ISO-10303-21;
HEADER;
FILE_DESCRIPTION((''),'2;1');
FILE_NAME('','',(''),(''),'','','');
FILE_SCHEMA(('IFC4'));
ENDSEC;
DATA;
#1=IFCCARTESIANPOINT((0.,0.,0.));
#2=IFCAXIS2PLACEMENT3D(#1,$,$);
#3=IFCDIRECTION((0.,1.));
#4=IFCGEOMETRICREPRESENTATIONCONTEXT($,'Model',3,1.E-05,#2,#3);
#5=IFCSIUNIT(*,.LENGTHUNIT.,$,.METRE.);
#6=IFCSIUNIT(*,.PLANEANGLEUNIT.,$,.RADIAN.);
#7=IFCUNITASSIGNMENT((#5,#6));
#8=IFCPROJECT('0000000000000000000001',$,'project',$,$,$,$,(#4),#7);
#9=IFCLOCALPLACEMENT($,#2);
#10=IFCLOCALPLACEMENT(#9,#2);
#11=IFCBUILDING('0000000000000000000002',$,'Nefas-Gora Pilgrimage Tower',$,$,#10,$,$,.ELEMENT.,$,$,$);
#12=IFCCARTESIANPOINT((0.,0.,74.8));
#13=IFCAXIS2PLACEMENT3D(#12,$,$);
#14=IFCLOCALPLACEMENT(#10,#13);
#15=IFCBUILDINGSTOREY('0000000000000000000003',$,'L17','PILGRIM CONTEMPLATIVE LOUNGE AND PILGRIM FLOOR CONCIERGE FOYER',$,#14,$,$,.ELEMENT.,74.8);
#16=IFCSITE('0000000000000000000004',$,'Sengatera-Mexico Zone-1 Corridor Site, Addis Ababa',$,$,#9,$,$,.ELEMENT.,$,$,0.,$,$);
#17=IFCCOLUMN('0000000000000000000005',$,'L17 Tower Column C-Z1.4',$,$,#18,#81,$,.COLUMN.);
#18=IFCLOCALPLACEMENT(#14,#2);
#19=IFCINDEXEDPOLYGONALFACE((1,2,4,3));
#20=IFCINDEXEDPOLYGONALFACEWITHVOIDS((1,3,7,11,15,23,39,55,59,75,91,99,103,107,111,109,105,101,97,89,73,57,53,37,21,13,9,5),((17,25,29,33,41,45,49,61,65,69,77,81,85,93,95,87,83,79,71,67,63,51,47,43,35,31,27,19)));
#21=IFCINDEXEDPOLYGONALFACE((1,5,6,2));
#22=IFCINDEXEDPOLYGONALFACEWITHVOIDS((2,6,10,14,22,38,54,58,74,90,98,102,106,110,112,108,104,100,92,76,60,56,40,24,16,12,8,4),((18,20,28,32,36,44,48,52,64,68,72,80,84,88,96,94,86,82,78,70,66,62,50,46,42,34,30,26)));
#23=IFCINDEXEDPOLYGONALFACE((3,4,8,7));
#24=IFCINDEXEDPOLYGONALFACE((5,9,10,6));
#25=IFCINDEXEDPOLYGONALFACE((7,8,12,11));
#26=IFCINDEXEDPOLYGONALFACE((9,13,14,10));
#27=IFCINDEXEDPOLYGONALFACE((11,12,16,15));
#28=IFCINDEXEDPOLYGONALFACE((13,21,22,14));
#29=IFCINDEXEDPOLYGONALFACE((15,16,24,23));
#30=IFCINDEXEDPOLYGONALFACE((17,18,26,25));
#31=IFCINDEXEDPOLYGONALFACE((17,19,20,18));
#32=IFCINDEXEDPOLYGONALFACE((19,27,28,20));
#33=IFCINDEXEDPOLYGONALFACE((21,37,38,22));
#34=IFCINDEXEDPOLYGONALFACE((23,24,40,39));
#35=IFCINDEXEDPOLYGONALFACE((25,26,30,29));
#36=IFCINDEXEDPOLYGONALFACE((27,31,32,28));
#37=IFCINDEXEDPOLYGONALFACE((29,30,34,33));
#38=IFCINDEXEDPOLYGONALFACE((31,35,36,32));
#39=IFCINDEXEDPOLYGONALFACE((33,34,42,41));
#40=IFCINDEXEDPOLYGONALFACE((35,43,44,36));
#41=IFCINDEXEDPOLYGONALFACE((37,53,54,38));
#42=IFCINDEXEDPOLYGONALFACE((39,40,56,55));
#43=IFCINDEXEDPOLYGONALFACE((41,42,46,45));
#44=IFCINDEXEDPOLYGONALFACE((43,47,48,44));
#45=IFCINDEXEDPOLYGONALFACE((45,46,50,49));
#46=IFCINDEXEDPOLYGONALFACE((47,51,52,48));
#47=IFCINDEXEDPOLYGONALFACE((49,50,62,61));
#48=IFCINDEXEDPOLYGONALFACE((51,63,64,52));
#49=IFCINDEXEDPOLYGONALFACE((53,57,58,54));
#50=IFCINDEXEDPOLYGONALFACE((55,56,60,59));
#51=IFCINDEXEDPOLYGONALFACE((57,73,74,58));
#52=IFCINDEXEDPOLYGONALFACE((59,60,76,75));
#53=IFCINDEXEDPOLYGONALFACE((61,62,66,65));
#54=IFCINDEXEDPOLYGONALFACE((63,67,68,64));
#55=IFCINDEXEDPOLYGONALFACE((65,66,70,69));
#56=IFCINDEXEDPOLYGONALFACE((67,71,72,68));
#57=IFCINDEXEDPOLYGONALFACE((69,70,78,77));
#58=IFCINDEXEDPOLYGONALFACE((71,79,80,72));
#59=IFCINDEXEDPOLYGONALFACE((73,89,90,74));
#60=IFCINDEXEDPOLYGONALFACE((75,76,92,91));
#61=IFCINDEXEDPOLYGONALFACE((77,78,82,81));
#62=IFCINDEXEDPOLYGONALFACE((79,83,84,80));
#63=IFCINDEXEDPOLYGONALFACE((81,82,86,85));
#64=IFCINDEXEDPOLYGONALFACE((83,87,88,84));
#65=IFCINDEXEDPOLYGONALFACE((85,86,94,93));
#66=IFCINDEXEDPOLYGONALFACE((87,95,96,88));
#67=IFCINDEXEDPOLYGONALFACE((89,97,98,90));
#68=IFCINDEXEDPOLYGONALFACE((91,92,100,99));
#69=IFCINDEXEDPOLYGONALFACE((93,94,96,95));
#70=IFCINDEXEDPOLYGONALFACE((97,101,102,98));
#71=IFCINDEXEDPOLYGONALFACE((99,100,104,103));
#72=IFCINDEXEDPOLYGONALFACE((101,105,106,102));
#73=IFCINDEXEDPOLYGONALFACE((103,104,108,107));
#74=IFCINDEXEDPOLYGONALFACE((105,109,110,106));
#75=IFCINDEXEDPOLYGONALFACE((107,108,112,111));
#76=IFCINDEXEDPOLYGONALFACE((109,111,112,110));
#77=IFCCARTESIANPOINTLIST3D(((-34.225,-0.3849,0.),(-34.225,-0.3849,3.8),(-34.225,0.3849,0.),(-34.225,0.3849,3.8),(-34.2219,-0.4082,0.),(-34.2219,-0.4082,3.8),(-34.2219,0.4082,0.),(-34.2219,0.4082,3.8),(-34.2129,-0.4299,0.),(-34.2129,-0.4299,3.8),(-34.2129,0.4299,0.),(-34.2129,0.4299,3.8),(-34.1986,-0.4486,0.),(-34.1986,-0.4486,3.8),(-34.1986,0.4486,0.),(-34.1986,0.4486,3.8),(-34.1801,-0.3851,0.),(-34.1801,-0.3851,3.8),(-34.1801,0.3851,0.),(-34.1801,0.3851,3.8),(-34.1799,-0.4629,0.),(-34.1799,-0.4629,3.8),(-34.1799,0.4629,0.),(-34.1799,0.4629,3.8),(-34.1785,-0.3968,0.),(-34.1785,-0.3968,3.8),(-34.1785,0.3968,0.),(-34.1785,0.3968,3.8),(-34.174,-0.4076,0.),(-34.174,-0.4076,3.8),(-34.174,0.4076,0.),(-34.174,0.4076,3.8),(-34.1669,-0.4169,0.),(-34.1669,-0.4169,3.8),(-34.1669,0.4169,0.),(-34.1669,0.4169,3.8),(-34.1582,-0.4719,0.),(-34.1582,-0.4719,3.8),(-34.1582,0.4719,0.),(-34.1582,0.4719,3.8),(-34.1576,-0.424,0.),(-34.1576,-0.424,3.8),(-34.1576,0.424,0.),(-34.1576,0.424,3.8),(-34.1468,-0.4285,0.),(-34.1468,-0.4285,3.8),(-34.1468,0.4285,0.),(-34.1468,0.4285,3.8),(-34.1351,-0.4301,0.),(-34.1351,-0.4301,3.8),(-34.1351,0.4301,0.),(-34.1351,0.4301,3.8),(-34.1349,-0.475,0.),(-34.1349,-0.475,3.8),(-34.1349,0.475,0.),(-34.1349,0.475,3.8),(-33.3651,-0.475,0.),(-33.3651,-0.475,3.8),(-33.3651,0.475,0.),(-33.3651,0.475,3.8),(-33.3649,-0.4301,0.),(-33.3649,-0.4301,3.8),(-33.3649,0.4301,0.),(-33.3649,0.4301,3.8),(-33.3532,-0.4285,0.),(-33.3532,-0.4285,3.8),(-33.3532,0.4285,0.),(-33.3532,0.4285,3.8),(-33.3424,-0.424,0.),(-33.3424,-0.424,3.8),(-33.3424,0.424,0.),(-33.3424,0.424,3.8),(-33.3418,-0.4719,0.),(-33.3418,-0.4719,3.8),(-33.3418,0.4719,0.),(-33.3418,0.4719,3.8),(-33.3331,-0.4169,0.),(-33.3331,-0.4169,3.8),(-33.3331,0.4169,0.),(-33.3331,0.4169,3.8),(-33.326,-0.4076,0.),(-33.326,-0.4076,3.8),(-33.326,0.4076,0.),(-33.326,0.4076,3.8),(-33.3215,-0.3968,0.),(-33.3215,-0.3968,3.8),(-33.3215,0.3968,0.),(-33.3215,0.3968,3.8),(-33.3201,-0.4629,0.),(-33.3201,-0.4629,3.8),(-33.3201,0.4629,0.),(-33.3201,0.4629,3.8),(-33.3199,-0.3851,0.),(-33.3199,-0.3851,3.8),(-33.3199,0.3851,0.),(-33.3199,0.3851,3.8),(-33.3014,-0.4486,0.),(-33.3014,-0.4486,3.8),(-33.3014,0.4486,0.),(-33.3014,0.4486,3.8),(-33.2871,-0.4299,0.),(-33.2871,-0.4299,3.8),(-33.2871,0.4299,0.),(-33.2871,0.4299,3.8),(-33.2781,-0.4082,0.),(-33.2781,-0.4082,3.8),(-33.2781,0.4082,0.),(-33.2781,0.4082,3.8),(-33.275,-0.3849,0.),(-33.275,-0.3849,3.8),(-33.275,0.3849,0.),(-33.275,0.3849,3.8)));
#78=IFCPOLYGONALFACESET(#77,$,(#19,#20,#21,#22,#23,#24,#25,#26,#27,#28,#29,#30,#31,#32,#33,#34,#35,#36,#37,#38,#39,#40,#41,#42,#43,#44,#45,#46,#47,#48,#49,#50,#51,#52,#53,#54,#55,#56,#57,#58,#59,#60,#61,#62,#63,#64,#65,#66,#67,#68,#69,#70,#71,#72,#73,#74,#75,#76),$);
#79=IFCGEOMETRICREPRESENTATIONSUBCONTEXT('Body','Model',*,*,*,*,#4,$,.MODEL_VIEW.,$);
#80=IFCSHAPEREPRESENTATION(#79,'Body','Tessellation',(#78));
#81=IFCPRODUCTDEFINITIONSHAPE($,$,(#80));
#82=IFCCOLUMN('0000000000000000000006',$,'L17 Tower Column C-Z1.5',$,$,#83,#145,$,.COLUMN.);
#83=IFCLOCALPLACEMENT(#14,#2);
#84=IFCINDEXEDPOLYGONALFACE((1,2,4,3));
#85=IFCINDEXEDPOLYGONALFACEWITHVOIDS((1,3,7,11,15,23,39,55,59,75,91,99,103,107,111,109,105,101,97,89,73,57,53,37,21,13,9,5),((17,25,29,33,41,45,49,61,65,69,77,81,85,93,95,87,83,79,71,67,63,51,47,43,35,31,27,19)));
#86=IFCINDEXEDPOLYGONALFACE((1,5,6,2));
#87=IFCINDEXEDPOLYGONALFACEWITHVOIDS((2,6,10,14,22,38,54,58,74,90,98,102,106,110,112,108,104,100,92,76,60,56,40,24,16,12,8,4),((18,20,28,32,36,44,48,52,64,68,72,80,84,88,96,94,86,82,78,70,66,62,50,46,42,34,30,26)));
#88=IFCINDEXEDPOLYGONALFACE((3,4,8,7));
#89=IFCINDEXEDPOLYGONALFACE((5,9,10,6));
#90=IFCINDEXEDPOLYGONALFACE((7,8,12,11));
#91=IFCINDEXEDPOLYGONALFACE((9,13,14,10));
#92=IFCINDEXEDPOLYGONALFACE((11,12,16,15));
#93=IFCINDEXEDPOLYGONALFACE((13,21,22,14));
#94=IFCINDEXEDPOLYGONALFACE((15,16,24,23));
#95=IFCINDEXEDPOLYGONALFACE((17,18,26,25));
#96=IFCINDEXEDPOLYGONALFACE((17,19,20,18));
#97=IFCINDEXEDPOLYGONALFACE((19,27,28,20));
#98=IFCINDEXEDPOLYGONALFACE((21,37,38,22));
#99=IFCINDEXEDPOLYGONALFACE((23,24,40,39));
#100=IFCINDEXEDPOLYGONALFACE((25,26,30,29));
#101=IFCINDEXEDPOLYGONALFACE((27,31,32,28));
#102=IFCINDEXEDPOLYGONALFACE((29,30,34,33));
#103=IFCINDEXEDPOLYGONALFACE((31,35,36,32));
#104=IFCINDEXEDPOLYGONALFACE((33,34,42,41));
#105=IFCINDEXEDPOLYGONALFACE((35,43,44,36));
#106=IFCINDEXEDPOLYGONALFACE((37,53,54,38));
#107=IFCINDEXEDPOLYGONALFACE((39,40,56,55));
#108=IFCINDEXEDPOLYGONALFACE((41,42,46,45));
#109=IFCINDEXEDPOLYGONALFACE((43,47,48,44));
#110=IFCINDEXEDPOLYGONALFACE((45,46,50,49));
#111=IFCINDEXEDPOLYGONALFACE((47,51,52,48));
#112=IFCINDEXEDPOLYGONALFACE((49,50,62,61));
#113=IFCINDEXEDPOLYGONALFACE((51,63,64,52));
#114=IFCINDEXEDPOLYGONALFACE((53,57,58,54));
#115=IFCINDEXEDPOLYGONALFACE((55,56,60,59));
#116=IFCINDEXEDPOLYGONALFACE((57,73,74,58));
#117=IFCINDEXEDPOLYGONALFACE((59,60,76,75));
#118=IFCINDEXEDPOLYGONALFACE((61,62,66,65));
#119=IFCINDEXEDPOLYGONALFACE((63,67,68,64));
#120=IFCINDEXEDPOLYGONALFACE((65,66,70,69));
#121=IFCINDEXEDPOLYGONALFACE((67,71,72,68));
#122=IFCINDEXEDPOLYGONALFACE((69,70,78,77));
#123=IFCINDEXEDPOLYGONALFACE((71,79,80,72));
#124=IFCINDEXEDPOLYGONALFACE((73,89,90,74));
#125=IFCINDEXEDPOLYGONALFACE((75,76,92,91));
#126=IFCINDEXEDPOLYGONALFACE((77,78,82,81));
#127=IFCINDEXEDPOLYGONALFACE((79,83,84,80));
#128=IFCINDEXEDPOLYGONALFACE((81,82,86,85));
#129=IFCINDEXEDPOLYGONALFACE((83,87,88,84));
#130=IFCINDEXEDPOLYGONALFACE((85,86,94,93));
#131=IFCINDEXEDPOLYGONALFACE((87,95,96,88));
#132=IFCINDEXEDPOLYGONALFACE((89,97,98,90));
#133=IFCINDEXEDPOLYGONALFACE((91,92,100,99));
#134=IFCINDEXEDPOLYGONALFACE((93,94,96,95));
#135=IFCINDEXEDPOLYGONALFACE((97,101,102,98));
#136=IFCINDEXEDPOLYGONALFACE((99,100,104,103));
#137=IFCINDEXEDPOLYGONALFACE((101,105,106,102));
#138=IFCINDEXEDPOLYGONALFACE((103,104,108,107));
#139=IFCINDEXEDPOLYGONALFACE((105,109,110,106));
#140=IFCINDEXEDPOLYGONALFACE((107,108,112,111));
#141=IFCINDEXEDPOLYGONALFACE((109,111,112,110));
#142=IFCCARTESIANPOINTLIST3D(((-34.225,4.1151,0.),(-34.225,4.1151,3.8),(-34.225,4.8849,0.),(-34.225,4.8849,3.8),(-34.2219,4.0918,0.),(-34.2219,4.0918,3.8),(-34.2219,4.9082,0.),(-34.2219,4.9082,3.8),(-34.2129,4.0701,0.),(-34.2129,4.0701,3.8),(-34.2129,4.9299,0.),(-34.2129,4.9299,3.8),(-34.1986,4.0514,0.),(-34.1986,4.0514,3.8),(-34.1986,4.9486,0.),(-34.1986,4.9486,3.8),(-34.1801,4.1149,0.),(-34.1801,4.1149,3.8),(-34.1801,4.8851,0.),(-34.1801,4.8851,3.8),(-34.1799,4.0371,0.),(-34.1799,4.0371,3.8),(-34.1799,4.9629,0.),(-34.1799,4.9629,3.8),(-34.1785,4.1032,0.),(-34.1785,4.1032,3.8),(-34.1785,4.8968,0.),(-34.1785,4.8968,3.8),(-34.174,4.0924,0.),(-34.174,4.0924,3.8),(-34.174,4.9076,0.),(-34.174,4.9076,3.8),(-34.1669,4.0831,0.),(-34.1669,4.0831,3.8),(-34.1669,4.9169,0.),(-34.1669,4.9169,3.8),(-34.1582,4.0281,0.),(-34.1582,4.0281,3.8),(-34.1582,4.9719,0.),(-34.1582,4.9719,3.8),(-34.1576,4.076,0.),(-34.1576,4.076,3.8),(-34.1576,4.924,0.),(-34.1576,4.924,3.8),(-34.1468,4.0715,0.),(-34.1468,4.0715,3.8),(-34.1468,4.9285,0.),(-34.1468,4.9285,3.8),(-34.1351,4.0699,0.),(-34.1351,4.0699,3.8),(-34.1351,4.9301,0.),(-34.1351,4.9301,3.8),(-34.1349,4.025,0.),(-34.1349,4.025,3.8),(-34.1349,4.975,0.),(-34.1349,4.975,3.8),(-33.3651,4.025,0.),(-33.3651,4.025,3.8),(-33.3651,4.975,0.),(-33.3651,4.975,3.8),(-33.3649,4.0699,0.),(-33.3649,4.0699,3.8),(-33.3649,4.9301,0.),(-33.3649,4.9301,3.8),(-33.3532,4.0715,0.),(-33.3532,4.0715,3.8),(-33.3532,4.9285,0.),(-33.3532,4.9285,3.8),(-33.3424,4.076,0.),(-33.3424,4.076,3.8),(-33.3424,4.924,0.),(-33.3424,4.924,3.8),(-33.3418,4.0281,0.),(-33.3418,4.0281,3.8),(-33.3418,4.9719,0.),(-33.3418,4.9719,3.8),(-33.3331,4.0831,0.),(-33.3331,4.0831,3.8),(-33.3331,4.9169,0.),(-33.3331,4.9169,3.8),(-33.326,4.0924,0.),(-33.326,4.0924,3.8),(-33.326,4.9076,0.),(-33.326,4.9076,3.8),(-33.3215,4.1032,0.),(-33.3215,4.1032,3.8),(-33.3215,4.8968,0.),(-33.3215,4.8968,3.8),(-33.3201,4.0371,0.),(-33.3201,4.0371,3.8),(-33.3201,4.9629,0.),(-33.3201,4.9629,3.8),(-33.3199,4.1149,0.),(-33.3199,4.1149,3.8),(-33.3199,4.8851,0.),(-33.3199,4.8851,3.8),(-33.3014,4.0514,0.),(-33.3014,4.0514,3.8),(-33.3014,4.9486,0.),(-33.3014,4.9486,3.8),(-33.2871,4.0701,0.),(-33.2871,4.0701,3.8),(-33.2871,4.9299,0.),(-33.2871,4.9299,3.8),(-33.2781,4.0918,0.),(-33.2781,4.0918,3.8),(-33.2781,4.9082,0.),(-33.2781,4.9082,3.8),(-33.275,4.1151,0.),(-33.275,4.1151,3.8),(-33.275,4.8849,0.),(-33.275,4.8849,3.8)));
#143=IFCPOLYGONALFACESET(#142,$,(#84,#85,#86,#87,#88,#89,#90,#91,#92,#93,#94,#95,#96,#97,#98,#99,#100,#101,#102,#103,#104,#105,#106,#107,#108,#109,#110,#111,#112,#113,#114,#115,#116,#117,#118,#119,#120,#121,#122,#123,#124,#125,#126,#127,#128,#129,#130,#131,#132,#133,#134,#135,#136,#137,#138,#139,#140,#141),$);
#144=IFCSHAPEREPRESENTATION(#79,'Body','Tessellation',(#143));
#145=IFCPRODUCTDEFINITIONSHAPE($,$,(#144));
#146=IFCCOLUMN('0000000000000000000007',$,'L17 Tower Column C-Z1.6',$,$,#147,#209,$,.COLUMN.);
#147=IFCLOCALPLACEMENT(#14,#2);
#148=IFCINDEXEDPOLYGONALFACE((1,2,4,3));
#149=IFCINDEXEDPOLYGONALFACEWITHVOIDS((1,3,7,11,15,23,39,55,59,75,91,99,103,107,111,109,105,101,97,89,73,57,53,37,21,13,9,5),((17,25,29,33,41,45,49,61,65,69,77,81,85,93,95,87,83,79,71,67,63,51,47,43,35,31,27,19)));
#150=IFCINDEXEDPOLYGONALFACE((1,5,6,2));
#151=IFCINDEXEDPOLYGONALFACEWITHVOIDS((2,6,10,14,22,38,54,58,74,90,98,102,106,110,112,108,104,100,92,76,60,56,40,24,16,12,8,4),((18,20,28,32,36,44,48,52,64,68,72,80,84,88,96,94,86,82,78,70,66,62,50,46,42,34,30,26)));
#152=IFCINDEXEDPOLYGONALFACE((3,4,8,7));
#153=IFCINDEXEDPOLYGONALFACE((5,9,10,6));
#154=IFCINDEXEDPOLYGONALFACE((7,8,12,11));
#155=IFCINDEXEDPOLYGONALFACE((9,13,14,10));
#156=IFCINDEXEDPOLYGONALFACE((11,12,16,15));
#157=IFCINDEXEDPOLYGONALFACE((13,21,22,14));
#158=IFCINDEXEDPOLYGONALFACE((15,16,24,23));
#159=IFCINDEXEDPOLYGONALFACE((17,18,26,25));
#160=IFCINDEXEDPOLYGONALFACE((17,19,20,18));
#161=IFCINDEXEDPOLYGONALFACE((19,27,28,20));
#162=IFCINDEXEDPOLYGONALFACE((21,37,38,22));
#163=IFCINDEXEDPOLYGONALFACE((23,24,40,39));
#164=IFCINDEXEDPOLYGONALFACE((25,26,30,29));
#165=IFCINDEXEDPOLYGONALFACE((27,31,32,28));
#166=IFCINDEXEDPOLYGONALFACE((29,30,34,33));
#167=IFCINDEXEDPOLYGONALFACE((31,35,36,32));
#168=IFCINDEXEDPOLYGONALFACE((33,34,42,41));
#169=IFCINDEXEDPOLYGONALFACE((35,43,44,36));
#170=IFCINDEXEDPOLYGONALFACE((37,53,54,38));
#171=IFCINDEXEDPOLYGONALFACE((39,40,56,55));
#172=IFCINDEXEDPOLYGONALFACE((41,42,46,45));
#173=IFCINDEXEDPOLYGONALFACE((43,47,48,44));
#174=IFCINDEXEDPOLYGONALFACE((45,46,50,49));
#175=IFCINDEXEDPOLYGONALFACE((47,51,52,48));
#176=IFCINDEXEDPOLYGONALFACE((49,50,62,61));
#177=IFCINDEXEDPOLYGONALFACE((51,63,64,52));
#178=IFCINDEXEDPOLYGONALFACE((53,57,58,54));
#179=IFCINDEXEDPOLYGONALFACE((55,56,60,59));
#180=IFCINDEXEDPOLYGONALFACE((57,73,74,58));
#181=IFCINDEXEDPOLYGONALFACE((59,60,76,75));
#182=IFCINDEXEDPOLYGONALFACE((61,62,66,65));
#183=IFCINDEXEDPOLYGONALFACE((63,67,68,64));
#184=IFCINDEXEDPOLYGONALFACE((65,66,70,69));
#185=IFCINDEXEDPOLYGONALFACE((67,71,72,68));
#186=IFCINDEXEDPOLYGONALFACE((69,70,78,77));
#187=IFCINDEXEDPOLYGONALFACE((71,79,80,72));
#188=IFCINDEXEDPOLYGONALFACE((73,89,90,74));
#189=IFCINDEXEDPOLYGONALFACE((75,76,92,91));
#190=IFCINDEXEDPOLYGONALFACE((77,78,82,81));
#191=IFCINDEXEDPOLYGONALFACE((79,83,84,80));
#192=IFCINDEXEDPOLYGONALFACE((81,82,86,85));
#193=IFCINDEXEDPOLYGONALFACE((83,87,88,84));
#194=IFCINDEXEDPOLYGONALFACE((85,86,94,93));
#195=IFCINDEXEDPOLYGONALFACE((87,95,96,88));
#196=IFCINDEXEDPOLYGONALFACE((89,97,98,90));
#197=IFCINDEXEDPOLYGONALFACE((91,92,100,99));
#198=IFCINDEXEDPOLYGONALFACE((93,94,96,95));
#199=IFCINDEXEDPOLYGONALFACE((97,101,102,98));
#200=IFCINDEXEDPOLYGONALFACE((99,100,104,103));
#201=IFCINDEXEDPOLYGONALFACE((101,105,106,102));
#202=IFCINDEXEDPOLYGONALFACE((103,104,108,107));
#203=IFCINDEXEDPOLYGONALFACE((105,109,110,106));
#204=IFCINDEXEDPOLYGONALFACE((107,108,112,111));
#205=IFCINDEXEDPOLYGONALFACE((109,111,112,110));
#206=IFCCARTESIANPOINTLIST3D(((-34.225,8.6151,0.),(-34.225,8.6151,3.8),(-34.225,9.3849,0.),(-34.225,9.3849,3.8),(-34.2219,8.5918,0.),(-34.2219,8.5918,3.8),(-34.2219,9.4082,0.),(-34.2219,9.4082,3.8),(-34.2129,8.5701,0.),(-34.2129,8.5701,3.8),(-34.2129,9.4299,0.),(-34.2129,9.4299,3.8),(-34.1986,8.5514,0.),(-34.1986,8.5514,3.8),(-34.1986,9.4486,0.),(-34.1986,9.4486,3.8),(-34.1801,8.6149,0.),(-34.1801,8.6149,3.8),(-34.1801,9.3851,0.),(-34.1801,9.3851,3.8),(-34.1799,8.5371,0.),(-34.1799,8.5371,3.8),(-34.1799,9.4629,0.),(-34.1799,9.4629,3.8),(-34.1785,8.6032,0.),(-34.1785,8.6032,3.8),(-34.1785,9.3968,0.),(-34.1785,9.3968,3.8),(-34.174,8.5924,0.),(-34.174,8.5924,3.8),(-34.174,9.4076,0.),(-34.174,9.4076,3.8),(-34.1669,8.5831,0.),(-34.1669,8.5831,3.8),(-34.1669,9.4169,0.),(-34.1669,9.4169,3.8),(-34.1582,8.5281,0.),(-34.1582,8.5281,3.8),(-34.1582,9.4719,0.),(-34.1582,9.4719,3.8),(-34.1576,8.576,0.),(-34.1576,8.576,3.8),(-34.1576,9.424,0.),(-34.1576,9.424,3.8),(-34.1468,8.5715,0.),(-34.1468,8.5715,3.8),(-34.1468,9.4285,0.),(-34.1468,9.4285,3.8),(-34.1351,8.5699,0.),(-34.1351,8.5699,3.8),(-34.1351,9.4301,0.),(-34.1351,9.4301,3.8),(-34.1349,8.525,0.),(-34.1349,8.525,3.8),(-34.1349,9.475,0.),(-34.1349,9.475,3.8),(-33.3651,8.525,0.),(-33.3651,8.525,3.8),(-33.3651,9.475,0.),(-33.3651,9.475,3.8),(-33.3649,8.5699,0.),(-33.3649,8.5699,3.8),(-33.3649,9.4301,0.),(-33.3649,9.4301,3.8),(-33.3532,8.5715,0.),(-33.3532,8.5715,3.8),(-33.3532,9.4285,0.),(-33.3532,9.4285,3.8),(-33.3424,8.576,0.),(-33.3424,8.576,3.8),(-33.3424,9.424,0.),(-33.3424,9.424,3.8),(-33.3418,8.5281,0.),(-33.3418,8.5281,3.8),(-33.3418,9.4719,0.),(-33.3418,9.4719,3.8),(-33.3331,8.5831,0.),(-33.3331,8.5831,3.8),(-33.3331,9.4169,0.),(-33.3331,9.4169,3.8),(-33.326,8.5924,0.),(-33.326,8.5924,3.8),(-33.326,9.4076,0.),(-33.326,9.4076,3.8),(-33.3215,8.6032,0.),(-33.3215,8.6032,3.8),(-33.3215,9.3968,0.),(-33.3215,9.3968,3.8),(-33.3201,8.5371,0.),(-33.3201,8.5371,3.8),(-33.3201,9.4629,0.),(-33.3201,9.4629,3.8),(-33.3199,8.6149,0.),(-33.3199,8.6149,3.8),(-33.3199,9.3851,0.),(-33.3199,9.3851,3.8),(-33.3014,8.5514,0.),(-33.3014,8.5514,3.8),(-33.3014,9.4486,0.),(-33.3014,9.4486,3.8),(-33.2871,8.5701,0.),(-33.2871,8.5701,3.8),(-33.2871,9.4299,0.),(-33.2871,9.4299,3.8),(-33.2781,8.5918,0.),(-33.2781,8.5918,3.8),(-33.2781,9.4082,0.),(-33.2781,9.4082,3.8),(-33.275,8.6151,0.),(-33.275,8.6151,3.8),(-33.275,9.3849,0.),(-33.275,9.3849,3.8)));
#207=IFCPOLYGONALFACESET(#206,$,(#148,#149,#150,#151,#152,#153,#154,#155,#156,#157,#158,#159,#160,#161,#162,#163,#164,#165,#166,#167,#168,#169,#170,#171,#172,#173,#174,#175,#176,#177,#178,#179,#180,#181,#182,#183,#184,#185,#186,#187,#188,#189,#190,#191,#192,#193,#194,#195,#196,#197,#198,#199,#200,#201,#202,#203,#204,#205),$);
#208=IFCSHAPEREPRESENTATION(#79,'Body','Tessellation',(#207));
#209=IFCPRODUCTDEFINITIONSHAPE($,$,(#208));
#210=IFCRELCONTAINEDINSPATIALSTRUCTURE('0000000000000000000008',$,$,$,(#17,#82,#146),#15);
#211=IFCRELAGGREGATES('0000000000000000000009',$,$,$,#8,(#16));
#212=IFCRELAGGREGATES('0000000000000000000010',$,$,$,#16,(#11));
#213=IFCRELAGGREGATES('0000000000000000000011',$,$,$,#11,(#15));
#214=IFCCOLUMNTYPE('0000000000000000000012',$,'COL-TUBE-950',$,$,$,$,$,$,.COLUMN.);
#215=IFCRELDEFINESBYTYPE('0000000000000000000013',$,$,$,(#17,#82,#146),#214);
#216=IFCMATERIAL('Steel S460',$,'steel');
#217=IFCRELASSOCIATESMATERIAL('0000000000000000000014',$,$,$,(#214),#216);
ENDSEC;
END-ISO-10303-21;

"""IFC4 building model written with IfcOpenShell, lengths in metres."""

from ifc_helpers import new_model, si_unit, direction, frame, origin, origin_2d, place, context, subcontext, project, spatial, hollow_rectangle, extrude, source, transform, mapped, material, material_profile, profile_set, type_object, element, save


model = new_model("IFC4")

# Units and contexts
model_context = context("Model", 3, precision=1e-05, world=origin(), true_north=direction((0.0, 1.0)))
body_context = subcontext(model_context, "Body", "Model", "MODEL_VIEW")
ifc_project = project(units=[si_unit("LENGTHUNIT", "METRE"), si_unit("PLANEANGLEUNIT", "RADIAN")], contexts=[model_context])

# Site, building, storey
site_placement = place(None, origin())
site = spatial("IfcSite", under=ifc_project, at=site_placement, Name="Sengatera-Mexico Zone-1 Corridor Site, Addis Ababa", CompositionType="ELEMENT", RefElevation=0.0)
building_placement = place(site_placement, origin())
building = spatial("IfcBuilding", under=site, at=building_placement, Name="Nefas-Gora Pilgrimage Tower", CompositionType="ELEMENT")
storey_placement = place(building_placement, frame((0.0, 0.0, 74.8)))
storey = spatial("IfcBuildingStorey", under=building, at=storey_placement, Name="L17", Description="PILGRIM CONTEMPLATIVE LOUNGE AND PILGRIM FLOOR CONCIERGE FOYER", CompositionType="ELEMENT", Elevation=74.8)

# Columns
ifc_material_1 = material(Name="Steel S460", Category="steel")
ifc_material_profile_1 = material_profile(ifc_material_1, hollow_rectangle(XDim=0.95, YDim=0.95, WallThickness=0.0449, InnerFilletRadius=0.0449, OuterFilletRadius=0.0901, at=origin_2d()), Name="BOX 950x950x45")
ifc_profile_set_1 = profile_set([ifc_material_profile_1], Name="Steel S460")
column_type_1 = type_object("IfcColumnType", Name="COL-TUBE-950", PredefinedType="COLUMN", material=ifc_profile_set_1)
shared_shape_1 = source(origin(), body_context, "Body", "SweptSolid", [
    extrude(hollow_rectangle(XDim=0.95, YDim=0.95, WallThickness=0.0449, InnerFilletRadius=0.0449, OuterFilletRadius=0.0901, at=origin_2d()), origin(), (0.0, 0.0, 1.0), 3.8),
])
for number, where, z_axis, x_axis, name in (
    (1, (-33.75, 0.0, 0.0), (0.0, 0.0, 1.0), (1.0, 0.0, 0.0), "L17 Tower Column C-Z1.4"),
    (2, (-33.75, 4.5, 0.0), (0.0, 0.0, 1.0), (1.0, 0.0, 0.0), "L17 Tower Column C-Z1.5"),
    (3, (-33.75, 9.0, 0.0), (0.0, 0.0, 1.0), (1.0, 0.0, 0.0), "L17 Tower Column C-Z1.6"),
):
    element("IfcColumn", number, at=place(storey_placement, frame(where, z_axis=z_axis, x_axis=x_axis)), inside=storey, type_object=column_type_1, Name=name, PredefinedType="COLUMN", context=body_context, shape_type="MappedRepresentation", body=[
        mapped(shared_shape_1, transform((0.0, 0.0, 0.0), x_axis=(1.0, 0.0, 0.0), y_axis=(0.0, 1.0, 0.0), z_axis=(0.0, 0.0, 1.0), scale=1.0)),
    ])

save(model, "model.ifc")
